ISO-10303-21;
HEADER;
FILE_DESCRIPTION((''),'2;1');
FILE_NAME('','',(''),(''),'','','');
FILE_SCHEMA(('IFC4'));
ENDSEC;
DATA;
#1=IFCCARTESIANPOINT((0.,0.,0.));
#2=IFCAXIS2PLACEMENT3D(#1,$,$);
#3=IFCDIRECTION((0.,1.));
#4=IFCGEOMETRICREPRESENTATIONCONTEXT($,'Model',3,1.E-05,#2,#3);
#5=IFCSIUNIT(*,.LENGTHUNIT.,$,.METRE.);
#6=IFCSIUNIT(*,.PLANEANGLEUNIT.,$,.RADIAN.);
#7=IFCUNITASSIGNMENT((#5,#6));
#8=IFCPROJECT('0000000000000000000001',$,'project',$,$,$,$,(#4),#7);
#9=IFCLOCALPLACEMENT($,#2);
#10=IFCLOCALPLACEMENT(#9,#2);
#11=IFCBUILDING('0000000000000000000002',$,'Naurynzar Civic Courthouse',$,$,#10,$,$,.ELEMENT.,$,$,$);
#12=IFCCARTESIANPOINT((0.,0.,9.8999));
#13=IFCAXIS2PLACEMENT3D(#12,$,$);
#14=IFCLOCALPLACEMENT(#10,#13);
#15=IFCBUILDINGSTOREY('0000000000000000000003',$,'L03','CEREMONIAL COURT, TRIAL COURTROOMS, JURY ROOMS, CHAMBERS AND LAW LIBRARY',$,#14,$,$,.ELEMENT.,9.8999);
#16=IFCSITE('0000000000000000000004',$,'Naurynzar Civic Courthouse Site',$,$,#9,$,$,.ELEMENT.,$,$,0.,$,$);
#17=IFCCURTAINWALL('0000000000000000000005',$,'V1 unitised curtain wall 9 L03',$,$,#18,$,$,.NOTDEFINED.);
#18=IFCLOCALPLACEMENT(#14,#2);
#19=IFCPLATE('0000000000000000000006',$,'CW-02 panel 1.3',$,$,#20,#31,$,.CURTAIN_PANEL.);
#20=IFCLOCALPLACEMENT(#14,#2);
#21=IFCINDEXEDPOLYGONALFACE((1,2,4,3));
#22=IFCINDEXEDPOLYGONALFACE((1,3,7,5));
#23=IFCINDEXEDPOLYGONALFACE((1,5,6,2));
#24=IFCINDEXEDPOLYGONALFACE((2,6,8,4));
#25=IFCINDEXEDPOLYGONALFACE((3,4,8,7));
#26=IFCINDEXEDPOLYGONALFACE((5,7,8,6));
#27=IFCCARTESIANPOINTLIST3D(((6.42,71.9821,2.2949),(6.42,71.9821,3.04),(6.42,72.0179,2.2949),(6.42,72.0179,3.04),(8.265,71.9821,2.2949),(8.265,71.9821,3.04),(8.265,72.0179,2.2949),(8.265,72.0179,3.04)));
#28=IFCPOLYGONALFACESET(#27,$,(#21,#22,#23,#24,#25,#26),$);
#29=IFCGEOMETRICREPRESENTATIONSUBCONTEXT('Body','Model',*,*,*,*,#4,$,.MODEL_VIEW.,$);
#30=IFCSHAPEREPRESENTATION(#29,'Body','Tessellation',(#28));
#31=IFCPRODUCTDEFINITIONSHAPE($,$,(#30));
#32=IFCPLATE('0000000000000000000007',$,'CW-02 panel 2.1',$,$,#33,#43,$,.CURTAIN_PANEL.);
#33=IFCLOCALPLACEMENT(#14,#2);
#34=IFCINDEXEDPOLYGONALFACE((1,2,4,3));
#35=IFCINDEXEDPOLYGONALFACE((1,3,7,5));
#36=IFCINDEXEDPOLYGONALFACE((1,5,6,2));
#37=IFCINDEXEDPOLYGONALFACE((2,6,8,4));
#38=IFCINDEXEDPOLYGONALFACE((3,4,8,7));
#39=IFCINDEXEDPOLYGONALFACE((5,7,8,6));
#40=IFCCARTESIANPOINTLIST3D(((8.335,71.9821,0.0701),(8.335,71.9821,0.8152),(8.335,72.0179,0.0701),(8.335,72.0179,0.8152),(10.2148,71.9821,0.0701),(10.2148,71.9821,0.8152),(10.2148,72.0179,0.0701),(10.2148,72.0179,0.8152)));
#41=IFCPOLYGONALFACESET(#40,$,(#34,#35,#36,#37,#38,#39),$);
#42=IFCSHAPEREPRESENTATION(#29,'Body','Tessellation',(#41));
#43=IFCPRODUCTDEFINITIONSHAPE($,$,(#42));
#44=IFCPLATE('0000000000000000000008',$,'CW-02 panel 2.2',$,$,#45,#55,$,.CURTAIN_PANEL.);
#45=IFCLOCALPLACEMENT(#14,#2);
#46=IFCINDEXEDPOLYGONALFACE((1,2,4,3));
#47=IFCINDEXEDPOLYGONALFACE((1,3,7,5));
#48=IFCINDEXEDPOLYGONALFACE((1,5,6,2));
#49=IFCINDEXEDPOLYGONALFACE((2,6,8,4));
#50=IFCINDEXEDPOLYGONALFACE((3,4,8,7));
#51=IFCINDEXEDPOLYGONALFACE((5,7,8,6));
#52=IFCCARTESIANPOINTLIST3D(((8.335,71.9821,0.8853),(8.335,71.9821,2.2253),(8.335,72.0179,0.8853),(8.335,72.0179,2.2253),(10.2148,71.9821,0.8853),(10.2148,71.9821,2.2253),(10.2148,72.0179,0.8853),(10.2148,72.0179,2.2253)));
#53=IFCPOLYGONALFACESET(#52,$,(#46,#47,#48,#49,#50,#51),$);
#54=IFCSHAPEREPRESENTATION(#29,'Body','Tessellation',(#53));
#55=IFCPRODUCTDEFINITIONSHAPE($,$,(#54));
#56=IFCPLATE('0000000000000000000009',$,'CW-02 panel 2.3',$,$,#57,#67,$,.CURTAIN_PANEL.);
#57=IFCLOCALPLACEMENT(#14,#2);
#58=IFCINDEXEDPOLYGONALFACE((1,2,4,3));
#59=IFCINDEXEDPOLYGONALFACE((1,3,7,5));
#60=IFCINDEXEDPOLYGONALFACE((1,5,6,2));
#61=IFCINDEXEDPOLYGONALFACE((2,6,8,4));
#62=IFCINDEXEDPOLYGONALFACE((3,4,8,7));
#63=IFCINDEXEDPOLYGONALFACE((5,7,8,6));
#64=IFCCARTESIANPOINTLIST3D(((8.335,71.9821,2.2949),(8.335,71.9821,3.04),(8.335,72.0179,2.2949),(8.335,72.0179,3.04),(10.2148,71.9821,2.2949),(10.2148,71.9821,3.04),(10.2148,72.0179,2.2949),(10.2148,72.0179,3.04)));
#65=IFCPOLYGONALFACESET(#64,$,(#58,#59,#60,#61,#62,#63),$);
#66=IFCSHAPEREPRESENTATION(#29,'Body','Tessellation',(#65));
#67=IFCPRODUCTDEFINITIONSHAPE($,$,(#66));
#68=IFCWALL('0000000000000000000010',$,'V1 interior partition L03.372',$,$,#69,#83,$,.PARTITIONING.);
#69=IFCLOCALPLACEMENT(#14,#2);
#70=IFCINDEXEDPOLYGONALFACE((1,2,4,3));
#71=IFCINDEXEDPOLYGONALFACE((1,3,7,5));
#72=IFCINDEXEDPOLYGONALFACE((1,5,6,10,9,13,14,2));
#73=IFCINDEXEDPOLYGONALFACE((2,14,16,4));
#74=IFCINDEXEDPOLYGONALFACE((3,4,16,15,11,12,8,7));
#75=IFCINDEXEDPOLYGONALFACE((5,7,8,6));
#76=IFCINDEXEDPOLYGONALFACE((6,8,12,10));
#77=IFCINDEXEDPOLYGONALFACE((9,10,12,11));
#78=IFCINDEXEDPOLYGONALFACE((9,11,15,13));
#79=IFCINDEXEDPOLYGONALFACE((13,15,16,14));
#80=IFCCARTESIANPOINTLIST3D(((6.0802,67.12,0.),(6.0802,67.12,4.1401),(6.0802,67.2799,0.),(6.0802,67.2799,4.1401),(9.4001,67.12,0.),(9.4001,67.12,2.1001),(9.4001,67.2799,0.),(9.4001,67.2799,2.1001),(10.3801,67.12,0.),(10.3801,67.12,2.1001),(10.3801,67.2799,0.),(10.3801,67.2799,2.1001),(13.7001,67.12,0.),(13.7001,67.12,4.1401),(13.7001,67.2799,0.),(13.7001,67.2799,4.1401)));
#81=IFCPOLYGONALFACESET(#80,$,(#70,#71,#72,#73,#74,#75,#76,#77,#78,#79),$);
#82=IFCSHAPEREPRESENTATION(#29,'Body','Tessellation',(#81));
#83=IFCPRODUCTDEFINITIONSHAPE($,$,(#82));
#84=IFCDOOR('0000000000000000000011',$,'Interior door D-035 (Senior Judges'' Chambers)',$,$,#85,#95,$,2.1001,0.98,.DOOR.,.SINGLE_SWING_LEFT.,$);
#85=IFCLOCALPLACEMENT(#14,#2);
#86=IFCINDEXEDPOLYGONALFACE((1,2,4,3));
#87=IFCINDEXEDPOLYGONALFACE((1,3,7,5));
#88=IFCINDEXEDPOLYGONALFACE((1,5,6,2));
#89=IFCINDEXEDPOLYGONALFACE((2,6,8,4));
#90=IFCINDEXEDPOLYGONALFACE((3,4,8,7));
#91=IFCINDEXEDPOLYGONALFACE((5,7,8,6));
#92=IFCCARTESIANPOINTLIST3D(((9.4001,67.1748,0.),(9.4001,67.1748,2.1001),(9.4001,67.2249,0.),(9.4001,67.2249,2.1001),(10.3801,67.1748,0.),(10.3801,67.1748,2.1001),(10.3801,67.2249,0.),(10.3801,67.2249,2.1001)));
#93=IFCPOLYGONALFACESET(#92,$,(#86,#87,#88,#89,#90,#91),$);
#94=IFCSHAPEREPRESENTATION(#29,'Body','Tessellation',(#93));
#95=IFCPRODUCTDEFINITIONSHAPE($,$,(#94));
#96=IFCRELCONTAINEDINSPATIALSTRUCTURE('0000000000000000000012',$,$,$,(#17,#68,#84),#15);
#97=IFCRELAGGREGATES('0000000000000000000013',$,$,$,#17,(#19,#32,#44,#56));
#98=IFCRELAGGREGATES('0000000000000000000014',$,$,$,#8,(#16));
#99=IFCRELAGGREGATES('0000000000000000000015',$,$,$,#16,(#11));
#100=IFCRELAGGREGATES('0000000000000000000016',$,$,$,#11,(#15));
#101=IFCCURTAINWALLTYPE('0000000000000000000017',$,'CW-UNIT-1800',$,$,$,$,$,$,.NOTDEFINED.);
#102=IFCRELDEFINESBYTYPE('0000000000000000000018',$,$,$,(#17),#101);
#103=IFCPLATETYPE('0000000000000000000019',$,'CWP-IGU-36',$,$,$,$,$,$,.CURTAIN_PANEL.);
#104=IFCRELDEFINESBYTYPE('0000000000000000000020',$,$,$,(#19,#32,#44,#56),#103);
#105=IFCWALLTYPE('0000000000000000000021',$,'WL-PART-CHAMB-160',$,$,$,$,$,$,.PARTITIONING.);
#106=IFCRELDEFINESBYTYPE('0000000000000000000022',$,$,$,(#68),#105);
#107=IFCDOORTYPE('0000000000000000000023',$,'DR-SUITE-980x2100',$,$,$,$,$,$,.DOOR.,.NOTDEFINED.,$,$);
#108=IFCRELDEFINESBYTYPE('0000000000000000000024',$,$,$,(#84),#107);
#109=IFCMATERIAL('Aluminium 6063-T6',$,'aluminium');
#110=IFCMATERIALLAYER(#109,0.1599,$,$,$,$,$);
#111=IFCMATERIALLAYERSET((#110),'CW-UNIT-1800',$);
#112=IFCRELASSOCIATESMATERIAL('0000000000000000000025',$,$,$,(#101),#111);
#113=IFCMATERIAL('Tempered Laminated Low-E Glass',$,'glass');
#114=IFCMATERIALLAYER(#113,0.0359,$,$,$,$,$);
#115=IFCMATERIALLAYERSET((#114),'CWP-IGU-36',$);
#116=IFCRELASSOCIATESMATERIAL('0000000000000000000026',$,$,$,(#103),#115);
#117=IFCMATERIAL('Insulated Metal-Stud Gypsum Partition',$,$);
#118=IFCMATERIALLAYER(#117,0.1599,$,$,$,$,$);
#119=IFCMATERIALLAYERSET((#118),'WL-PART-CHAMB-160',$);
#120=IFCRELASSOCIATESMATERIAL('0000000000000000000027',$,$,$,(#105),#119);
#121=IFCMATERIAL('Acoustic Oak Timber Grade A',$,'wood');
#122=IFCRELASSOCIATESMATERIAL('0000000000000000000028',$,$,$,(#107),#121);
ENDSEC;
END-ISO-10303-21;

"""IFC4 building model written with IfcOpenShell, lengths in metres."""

from ifc_helpers import new_model, si_unit, direction, frame, frame_2d, origin, origin_2d, place, context, subcontext, project, spatial, rectangle, extrude, material, layer, layer_set, type_object, element, fill, aggregate, save


model = new_model("IFC4")

# Units and contexts
model_context = context("Model", 3, precision=1e-05, world=origin(), true_north=direction((0.0, 1.0)))
body_context = subcontext(model_context, "Body", "Model", "MODEL_VIEW")
ifc_project = project(units=[si_unit("LENGTHUNIT", "METRE"), si_unit("PLANEANGLEUNIT", "RADIAN")], contexts=[model_context])

# Site, building, storey
site_placement = place(None, origin())
site = spatial("IfcSite", under=ifc_project, at=site_placement, Name="Naurynzar Civic Courthouse Site", CompositionType="ELEMENT", RefElevation=0.0)
building_placement = place(site_placement, origin())
building = spatial("IfcBuilding", under=site, at=building_placement, Name="Naurynzar Civic Courthouse", CompositionType="ELEMENT")
storey_placement = place(building_placement, frame((0.0, 0.0, 9.8999)))
storey = spatial("IfcBuildingStorey", under=building, at=storey_placement, Name="L03", Description="CEREMONIAL COURT, TRIAL COURTROOMS, JURY ROOMS, CHAMBERS AND LAW LIBRARY", CompositionType="ELEMENT", Elevation=9.8999)

# Curtain wall, plates
ifc_material_1 = material(Name="Aluminium 6063-T6", Category="aluminium")
ifc_layer_1 = layer(ifc_material_1, 0.1599)
ifc_layer_set_1 = layer_set([ifc_layer_1], Name="CW-UNIT-1800")
curtain_wall_type = type_object("IfcCurtainWallType", Name="CW-UNIT-1800", PredefinedType="NOTDEFINED", material=ifc_layer_set_1)
curtain_wall_placement = place(storey_placement, origin())
curtain_wall = element("IfcCurtainWall", 1, at=curtain_wall_placement, inside=storey, type_object=curtain_wall_type, Name="V1 unitised curtain wall 9 L03", PredefinedType="NOTDEFINED")
ifc_material_2 = material(Name="Tempered Laminated Low-E Glass", Category="glass")
ifc_layer_2 = layer(ifc_material_2, 0.0359)
ifc_layer_set_2 = layer_set([ifc_layer_2], Name="CWP-IGU-36")
plate_type = type_object("IfcPlateType", Name="CWP-IGU-36", PredefinedType="CURTAIN_PANEL", material=ifc_layer_set_2)
plate_1_placement = place(storey_placement, frame((7.3425, 72.0, 2.2949), z_axis=(0.0, 0.0, 1.0), x_axis=(1.0, 0.0, 0.0)))
plate_1 = element("IfcPlate", 2, at=plate_1_placement, type_object=plate_type, Name="CW-02 panel 1.3", PredefinedType="CURTAIN_PANEL", context=body_context, shape_type="SweptSolid", body=[
    extrude(rectangle(XDim=1.845, YDim=0.0359, at=origin_2d()), origin(), (0.0, 0.0, 1.0), 0.7451),
])
plate_2_placement = place(storey_placement, frame((9.2749, 72.0, 0.0701), z_axis=(0.0, 0.0, 1.0), x_axis=(1.0, 0.0, 0.0)))
plate_2 = element("IfcPlate", 3, at=plate_2_placement, type_object=plate_type, Name="CW-02 panel 2.1", PredefinedType="CURTAIN_PANEL", context=body_context, shape_type="SweptSolid", body=[
    extrude(rectangle(XDim=1.8799, YDim=0.0359, at=origin_2d()), origin(), (0.0, 0.0, 1.0), 0.7451),
])
plate_3_placement = place(storey_placement, frame((9.2749, 72.0, 0.8853), z_axis=(0.0, 0.0, 1.0), x_axis=(1.0, 0.0, 0.0)))
plate_3 = element("IfcPlate", 4, at=plate_3_placement, type_object=plate_type, Name="CW-02 panel 2.2", PredefinedType="CURTAIN_PANEL", context=body_context, shape_type="SweptSolid", body=[
    extrude(rectangle(XDim=1.8799, YDim=0.0359, at=origin_2d()), origin(), (0.0, 0.0, 1.0), 1.3401),
])
plate_4_placement = place(storey_placement, frame((9.2749, 72.0, 2.2949), z_axis=(0.0, 0.0, 1.0), x_axis=(1.0, 0.0, 0.0)))
plate_4 = element("IfcPlate", 5, at=plate_4_placement, type_object=plate_type, Name="CW-02 panel 2.3", PredefinedType="CURTAIN_PANEL", context=body_context, shape_type="SweptSolid", body=[
    extrude(rectangle(XDim=1.8799, YDim=0.0359, at=origin_2d()), origin(), (0.0, 0.0, 1.0), 0.7451),
])
aggregate(curtain_wall, [plate_1, plate_2, plate_3, plate_4])

# Wall, opening, door
ifc_material_3 = material(Name="Insulated Metal-Stud Gypsum Partition")
ifc_layer_3 = layer(ifc_material_3, 0.1599)
ifc_layer_set_3 = layer_set([ifc_layer_3], Name="WL-PART-CHAMB-160")
wall_type = type_object("IfcWallType", Name="WL-PART-CHAMB-160", PredefinedType="PARTITIONING", material=ifc_layer_set_3)
wall_placement = place(storey_placement, frame((6.0801, 67.2, 0.0), z_axis=(0.0, 0.0, 1.0), x_axis=(1.0, 0.0, 0.0)))
wall = element("IfcWall", 6, at=wall_placement, inside=storey, type_object=wall_type, Name="V1 interior partition L03.372", PredefinedType="PARTITIONING", context=body_context, shape_type="SweptSolid", body=[
    extrude(rectangle(XDim=7.6199, YDim=0.1599, at=frame_2d((3.8101, 0.0))), origin(), (0.0, 0.0, 1.0), 4.1401),
])
opening_placement = place(wall_placement, frame((3.3201, 0.0, 0.0)))
opening = element("IfcOpeningElement", 7, at=opening_placement, cuts=wall, PredefinedType="OPENING", context=body_context, shape_type="SweptSolid", body=[
    extrude(rectangle(XDim=0.98, YDim=2.1001, at=frame_2d((0.49, 1.05))), frame((0.0, 0.0898, 0.0), z_axis=(0.0, -1.0, 0.0), x_axis=(1.0, 0.0, 0.0)), (0.0, 0.0, 1.0), 0.1799),
])
ifc_material_4 = material(Name="Acoustic Oak Timber Grade A", Category="wood")
door_type = type_object("IfcDoorType", Name="DR-SUITE-980x2100", OperationType="NOTDEFINED", PredefinedType="DOOR", material=ifc_material_4)
door_placement = place(opening_placement, origin())
door = element("IfcDoor", 8, at=door_placement, inside=storey, type_object=door_type, Name="Interior door D-035 (Senior Judges' Chambers)", OperationType="SINGLE_SWING_LEFT", OverallHeight=2.1001, OverallWidth=0.98, PredefinedType="DOOR", context=body_context, shape_type="SweptSolid", body=[
    extrude(rectangle(XDim=0.98, YDim=2.1001, at=frame_2d((0.49, 1.05))), frame((0.0, 0.0249, 0.0), z_axis=(0.0, -1.0, 0.0), x_axis=(1.0, 0.0, 0.0)), (0.0, 0.0, 1.0), 0.05),
])
fill(opening, door)

save(model, "model.ifc")
